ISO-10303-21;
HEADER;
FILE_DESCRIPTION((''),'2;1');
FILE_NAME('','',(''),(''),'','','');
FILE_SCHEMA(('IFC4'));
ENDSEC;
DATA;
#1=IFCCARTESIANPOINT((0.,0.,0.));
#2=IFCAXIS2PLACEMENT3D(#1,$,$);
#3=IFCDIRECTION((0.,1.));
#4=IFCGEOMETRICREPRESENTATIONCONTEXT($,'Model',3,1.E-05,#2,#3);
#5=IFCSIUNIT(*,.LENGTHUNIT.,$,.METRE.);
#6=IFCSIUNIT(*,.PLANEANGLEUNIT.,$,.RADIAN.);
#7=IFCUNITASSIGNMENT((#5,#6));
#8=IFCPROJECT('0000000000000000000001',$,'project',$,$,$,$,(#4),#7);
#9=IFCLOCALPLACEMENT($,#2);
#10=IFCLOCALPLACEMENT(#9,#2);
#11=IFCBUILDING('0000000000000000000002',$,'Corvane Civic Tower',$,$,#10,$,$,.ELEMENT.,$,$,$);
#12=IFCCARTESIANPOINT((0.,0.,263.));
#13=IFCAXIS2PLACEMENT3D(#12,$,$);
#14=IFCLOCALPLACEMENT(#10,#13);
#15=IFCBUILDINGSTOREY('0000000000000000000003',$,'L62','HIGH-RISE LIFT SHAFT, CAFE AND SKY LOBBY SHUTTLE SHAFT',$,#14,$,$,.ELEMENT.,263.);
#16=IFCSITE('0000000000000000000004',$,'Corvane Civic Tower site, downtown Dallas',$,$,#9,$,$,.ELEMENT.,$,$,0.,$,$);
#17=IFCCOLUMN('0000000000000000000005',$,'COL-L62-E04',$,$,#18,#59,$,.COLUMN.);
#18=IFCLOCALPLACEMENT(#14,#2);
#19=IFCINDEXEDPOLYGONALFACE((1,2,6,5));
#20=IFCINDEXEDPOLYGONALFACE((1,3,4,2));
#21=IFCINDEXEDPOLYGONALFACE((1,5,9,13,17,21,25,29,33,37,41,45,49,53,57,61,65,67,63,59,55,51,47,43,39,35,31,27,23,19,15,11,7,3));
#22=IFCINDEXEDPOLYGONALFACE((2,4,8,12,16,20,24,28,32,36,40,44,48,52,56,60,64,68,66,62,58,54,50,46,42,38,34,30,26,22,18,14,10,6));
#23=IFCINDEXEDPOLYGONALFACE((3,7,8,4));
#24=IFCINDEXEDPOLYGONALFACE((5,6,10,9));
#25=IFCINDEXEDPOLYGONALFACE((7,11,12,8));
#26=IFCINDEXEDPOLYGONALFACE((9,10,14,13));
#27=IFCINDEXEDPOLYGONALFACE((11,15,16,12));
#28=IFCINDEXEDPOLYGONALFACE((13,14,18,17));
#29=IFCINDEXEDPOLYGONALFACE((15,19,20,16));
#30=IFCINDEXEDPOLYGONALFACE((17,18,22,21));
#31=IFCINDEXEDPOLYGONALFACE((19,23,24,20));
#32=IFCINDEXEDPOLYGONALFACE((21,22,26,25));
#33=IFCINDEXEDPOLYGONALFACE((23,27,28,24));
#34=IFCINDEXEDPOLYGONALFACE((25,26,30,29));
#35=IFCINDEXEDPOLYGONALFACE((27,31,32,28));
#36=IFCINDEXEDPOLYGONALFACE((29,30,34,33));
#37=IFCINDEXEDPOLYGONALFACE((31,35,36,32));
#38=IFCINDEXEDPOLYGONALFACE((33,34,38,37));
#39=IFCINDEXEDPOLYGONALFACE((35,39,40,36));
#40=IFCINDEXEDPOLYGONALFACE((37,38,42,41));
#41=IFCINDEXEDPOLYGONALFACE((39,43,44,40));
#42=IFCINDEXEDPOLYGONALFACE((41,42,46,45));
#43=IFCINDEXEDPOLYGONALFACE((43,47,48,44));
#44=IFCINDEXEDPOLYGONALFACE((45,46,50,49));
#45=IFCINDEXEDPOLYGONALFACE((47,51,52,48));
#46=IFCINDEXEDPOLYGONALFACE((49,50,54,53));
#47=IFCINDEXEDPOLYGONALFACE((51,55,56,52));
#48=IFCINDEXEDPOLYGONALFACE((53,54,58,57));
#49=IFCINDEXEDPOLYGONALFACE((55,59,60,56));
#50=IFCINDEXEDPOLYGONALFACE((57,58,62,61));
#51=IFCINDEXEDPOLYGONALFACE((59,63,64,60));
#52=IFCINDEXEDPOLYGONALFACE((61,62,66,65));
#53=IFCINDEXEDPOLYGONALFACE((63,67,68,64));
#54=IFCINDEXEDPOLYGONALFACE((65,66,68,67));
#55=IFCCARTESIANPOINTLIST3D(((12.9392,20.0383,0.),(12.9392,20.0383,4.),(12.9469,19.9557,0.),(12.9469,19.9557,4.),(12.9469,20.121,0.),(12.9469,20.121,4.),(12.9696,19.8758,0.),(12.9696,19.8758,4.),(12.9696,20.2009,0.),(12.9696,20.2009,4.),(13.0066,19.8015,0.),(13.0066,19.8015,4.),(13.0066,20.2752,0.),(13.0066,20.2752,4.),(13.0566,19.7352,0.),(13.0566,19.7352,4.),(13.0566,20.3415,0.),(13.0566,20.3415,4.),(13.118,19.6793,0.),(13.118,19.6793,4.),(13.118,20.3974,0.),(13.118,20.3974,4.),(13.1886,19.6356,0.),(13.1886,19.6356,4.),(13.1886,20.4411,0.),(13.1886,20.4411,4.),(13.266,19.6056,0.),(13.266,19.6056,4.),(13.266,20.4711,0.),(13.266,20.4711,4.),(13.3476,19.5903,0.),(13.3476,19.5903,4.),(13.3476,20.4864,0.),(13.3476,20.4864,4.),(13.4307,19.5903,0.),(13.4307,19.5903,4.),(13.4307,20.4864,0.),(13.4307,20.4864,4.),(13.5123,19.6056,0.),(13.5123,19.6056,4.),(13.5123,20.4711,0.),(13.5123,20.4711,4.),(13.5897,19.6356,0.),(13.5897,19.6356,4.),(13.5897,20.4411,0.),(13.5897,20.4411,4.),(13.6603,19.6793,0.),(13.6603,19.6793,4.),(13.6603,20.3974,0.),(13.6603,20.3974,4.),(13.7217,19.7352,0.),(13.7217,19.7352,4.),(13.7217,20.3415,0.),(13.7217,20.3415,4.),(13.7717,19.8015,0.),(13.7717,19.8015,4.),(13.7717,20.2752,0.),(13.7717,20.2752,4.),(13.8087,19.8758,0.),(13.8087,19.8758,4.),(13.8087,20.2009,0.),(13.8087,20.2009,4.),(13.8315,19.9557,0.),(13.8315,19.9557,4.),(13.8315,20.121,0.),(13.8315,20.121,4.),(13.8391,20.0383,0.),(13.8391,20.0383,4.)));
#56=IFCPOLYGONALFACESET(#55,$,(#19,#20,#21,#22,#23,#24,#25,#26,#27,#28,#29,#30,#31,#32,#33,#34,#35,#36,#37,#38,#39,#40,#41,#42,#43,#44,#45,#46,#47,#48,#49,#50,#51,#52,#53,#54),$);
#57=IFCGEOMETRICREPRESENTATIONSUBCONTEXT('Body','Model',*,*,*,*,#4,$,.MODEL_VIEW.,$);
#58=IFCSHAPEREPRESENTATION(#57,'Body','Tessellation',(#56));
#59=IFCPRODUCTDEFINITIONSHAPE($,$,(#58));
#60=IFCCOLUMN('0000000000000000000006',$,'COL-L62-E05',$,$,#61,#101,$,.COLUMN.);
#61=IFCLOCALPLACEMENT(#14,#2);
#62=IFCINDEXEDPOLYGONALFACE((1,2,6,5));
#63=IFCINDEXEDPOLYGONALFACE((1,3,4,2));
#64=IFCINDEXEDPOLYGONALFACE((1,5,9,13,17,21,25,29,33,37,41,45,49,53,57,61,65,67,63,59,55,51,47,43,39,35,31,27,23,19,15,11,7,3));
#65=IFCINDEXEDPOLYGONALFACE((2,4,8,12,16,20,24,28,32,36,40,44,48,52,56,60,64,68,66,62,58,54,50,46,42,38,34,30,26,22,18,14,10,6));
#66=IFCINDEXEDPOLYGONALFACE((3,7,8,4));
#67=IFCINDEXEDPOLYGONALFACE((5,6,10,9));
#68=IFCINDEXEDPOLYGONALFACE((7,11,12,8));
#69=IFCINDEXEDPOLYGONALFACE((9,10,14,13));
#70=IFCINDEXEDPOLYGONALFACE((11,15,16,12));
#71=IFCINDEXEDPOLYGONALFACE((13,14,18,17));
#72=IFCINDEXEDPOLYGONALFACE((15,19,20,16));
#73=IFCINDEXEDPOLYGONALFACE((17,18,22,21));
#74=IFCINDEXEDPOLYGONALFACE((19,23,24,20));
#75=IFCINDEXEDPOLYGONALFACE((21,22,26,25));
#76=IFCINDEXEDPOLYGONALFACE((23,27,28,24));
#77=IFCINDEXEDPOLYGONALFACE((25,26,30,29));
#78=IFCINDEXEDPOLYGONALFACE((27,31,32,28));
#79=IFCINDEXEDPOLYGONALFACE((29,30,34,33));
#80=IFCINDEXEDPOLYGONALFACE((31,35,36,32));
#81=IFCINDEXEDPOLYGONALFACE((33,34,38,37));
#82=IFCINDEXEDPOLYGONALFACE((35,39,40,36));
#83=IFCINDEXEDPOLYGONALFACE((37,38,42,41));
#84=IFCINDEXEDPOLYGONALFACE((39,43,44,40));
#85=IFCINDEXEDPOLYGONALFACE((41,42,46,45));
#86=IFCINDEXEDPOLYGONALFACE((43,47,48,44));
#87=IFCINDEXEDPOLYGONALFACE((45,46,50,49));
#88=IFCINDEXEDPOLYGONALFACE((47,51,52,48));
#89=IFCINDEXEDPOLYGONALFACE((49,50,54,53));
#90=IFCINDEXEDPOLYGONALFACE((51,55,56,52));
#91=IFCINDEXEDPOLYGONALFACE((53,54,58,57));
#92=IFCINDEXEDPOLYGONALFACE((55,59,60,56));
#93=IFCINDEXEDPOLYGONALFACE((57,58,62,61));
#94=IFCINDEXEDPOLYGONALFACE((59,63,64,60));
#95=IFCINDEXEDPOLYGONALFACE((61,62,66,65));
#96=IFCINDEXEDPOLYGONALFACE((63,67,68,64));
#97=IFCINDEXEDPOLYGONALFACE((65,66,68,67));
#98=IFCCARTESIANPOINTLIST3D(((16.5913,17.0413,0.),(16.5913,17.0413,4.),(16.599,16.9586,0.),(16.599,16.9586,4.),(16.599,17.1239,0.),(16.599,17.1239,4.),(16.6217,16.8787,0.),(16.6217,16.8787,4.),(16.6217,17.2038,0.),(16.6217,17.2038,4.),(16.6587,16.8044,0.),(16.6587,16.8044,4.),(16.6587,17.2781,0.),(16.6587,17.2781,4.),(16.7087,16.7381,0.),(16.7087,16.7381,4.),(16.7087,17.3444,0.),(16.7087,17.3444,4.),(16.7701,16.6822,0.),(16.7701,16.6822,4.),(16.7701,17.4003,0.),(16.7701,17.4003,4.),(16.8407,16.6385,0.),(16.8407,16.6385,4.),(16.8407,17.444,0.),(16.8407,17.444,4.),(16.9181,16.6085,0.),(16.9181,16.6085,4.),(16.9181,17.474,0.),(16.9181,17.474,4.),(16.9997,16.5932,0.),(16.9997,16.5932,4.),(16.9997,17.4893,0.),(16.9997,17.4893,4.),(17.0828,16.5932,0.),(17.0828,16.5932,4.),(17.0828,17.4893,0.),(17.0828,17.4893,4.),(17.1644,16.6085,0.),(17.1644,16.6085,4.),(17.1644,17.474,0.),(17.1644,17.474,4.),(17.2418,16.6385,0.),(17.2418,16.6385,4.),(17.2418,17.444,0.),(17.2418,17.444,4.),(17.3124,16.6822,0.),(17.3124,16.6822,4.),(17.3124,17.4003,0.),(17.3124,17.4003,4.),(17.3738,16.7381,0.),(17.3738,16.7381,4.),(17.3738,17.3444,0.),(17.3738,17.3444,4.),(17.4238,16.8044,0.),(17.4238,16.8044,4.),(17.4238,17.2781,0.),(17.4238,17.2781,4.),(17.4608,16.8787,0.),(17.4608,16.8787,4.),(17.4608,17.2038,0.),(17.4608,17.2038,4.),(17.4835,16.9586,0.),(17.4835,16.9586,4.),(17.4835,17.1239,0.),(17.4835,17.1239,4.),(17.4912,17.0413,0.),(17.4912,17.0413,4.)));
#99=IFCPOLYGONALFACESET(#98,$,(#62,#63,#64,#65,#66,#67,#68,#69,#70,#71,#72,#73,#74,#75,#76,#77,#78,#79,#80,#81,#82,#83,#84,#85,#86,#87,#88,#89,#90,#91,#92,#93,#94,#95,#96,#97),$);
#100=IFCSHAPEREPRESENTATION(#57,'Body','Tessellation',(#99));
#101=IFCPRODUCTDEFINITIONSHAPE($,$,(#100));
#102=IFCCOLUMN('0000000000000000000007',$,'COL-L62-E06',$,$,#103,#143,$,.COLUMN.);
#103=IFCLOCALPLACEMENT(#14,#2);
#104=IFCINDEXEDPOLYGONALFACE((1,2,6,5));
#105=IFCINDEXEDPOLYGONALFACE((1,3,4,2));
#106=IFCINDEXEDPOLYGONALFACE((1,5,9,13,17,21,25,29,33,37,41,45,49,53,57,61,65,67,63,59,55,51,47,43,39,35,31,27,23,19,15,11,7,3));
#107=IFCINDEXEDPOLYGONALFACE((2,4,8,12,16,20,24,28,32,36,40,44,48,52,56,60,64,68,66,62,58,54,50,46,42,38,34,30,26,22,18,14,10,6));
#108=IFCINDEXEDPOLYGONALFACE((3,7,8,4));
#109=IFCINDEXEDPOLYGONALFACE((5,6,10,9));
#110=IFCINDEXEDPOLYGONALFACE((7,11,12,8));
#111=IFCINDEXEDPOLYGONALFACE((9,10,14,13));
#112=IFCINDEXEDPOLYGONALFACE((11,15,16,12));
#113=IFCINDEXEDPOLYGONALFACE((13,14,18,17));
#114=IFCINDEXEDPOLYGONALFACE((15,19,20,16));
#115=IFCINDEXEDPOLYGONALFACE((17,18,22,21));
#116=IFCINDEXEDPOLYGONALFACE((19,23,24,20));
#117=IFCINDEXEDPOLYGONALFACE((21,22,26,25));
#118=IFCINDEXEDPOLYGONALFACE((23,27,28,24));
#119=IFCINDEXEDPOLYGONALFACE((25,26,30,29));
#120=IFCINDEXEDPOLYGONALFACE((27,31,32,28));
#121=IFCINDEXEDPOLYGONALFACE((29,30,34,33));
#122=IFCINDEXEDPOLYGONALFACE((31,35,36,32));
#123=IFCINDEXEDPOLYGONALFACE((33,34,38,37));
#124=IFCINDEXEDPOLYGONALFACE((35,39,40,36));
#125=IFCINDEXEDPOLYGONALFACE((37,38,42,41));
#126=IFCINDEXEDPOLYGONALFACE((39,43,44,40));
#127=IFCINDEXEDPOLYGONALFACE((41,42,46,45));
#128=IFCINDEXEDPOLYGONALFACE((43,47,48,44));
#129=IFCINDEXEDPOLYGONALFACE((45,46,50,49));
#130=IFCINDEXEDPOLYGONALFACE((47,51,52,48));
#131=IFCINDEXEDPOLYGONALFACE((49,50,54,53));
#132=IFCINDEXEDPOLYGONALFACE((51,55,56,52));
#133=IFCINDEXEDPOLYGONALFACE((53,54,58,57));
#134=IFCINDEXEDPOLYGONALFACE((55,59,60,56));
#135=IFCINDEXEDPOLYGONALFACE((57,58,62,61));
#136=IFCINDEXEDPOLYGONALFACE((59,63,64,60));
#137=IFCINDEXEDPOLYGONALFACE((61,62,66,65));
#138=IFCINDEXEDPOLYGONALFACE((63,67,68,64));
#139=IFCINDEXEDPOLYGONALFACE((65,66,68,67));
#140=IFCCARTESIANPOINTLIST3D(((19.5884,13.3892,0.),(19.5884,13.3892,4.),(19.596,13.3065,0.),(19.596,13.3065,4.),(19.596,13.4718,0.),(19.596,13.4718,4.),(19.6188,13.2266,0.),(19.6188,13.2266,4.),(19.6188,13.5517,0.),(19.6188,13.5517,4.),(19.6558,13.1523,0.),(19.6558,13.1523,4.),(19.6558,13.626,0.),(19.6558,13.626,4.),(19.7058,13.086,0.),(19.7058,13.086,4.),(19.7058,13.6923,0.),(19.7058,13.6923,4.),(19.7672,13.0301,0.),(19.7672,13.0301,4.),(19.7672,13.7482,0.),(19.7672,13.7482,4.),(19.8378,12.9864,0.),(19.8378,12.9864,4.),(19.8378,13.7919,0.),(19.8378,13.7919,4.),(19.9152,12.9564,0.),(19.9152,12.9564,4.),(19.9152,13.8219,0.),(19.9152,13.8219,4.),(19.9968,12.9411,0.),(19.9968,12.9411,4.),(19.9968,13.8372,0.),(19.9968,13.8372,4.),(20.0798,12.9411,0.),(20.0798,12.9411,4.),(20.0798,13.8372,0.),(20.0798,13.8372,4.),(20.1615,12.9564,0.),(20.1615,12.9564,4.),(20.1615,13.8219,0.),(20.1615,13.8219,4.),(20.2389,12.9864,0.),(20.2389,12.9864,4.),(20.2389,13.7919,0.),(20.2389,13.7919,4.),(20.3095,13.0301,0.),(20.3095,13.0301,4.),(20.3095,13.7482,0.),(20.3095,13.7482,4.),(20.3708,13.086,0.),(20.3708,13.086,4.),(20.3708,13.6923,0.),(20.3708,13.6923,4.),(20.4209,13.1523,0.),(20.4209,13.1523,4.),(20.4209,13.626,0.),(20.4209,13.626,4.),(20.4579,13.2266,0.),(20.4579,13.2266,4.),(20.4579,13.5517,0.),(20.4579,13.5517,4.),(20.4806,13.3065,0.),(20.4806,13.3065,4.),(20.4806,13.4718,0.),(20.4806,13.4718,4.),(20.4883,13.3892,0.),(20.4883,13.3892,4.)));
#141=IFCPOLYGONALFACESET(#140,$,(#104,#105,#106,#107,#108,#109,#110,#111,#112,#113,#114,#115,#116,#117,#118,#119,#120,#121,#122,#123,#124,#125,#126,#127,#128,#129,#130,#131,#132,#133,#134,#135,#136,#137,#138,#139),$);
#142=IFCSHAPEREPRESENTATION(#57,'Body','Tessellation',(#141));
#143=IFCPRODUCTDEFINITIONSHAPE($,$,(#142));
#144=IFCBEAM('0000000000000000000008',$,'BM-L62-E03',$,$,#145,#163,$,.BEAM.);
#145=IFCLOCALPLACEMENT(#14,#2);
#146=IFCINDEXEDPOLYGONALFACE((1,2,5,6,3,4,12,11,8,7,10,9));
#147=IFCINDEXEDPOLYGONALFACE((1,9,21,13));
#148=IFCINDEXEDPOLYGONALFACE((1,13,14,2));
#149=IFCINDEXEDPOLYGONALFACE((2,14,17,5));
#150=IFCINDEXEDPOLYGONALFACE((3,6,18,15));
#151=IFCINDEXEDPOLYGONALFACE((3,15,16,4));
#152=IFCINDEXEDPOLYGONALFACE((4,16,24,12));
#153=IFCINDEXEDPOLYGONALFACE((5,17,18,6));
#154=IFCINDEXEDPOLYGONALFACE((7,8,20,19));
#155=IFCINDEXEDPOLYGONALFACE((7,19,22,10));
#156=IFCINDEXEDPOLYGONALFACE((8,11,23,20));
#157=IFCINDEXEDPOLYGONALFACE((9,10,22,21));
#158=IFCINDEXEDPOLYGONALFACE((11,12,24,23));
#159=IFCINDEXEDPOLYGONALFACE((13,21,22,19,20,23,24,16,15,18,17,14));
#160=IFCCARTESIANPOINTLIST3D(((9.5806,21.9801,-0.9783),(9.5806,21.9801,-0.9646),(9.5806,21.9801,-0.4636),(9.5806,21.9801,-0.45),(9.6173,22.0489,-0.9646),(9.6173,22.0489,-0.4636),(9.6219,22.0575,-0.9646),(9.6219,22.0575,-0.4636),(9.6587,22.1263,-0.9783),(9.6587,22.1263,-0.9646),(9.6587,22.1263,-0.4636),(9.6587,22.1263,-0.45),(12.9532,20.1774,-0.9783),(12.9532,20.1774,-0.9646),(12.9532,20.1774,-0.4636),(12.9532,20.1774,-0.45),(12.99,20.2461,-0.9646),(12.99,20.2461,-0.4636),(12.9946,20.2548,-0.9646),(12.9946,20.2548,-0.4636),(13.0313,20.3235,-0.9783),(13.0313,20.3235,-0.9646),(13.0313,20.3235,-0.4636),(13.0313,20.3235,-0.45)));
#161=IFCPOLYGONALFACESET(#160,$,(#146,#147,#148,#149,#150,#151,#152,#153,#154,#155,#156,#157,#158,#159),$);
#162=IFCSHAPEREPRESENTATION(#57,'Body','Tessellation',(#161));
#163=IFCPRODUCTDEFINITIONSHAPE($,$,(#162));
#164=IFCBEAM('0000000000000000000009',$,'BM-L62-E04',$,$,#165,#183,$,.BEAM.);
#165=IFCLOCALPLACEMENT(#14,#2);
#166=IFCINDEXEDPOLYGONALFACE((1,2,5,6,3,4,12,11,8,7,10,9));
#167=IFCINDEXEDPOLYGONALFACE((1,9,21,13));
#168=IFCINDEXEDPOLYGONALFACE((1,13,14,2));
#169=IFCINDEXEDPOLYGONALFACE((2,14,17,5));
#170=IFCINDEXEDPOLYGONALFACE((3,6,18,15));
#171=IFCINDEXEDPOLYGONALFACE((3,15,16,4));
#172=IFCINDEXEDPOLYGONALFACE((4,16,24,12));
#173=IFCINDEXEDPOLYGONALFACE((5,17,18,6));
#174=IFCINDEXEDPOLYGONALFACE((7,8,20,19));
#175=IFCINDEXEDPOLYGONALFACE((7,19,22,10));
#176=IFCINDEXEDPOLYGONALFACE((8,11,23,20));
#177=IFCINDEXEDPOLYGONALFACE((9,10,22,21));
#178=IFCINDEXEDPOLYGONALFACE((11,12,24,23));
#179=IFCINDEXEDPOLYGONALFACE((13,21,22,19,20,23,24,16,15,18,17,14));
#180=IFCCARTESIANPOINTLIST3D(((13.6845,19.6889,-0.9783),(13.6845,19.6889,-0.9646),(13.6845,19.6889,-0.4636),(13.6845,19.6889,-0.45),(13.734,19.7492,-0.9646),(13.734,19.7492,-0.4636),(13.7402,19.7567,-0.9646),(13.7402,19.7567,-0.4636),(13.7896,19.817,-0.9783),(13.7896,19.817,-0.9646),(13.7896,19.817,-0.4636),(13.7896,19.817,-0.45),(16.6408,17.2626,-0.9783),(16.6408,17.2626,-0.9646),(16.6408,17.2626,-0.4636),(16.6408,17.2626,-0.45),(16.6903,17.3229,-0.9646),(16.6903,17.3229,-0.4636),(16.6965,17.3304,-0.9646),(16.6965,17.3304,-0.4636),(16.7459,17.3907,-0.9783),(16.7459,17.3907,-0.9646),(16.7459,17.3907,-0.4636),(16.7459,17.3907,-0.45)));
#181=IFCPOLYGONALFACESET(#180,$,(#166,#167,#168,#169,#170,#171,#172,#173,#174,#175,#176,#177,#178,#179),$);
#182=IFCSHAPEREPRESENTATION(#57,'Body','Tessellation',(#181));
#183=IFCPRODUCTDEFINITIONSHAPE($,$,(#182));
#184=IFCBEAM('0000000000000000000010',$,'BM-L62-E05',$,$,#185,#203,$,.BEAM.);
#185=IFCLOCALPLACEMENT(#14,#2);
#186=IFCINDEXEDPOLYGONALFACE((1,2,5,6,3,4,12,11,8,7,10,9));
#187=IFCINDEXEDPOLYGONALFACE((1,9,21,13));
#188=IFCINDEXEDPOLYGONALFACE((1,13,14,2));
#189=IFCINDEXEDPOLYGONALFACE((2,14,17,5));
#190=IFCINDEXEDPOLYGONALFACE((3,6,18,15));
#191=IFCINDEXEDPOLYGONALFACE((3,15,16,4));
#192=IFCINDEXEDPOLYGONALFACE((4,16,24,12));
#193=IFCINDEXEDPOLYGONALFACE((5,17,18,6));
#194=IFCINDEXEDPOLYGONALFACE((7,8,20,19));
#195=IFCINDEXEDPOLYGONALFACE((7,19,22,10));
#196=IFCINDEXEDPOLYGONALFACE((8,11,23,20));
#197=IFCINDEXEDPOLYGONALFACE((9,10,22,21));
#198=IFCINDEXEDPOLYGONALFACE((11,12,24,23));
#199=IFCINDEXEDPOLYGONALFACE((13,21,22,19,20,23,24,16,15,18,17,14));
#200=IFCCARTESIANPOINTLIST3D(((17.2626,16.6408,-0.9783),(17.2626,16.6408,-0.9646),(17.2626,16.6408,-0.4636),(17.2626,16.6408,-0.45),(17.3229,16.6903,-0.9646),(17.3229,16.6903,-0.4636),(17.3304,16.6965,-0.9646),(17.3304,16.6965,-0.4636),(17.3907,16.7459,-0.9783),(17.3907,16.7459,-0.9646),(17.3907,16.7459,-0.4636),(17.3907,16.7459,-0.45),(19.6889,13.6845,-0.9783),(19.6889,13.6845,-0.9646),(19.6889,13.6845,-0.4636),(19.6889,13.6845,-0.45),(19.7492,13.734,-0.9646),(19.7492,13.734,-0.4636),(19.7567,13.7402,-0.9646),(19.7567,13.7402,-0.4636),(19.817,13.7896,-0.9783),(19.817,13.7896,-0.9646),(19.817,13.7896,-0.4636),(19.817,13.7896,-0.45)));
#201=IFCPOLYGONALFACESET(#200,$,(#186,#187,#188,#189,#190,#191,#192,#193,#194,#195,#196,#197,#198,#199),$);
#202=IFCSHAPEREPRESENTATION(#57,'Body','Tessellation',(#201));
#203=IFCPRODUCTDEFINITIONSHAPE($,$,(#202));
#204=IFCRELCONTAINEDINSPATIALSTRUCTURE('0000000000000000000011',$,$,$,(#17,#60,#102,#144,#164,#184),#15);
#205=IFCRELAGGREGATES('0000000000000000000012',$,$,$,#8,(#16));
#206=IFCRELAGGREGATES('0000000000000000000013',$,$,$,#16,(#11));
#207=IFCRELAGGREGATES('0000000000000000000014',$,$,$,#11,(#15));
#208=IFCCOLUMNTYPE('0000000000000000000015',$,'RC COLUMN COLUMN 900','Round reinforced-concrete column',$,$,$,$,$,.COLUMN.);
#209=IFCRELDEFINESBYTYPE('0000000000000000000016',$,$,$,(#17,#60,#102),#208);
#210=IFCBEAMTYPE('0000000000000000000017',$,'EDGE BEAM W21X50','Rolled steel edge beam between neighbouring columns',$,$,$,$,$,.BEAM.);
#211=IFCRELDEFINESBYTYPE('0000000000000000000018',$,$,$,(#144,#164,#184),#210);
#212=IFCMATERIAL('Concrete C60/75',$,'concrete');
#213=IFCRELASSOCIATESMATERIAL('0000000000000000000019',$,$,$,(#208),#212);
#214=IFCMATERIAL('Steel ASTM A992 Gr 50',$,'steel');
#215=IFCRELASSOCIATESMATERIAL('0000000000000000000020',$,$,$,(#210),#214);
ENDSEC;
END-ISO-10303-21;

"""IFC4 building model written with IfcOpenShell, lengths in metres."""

from ifc_helpers import new_model, si_unit, direction, frame, origin, origin_2d, place, context, subcontext, project, spatial, circle, i_section, extrude, material, material_profile, profile_set, type_object, element, save


model = new_model("IFC4")

# Units and contexts
model_context = context("Model", 3, precision=1e-05, world=origin(), true_north=direction((0.0, 1.0)))
body_context = subcontext(model_context, "Body", "Model", "MODEL_VIEW")
ifc_project = project(units=[si_unit("LENGTHUNIT", "METRE"), si_unit("PLANEANGLEUNIT", "RADIAN")], contexts=[model_context])

# Site, building, storey
site_placement = place(None, origin())
site = spatial("IfcSite", under=ifc_project, at=site_placement, Name="Corvane Civic Tower site, downtown Dallas", CompositionType="ELEMENT", RefElevation=0.0)
building_placement = place(site_placement, origin())
building = spatial("IfcBuilding", under=site, at=building_placement, Name="Corvane Civic Tower", CompositionType="ELEMENT")
storey_placement = place(building_placement, frame((0.0, 0.0, 263.0)))
storey = spatial("IfcBuildingStorey", under=building, at=storey_placement, Name="L62", Description="HIGH-RISE LIFT SHAFT, CAFE AND SKY LOBBY SHUTTLE SHAFT", CompositionType="ELEMENT", Elevation=263.0)

# Columns
ifc_material_1 = material(Name="Concrete C60/75", Category="concrete")
ifc_material_profile_1 = material_profile(ifc_material_1, circle(Radius=0.45, at=origin_2d()), Name="COLUMN 900")
ifc_profile_set_1 = profile_set([ifc_material_profile_1], Name="Concrete C60/75")
column_type = type_object("IfcColumnType", Name="RC COLUMN COLUMN 900", Description="Round reinforced-concrete column", PredefinedType="COLUMN", material=ifc_profile_set_1)
for number, where, z_axis, x_axis, name in (
    (1, (13.3892, 20.0383, 0.0), (0.0, 0.0, 1.0), (1.0, 0.0, 0.0), "COL-L62-E04"),
    (2, (17.0413, 17.0413, 0.0), (0.0, 0.0, 1.0), (1.0, 0.0, 0.0), "COL-L62-E05"),
    (3, (20.0383, 13.3892, 0.0), (0.0, 0.0, 1.0), (1.0, 0.0, 0.0), "COL-L62-E06"),
):
    element("IfcColumn", number, at=place(storey_placement, frame(where, z_axis=z_axis, x_axis=x_axis)), inside=storey, type_object=column_type, Name=name, PredefinedType="COLUMN", context=body_context, shape_type="SweptSolid", body=[
        extrude(circle(Radius=0.45, at=origin_2d()), origin(), (0.0, 0.0, 1.0), 4.0),
    ])

# Beams
ifc_material_2 = material(Name="Steel ASTM A992 Gr 50", Category="steel")
ifc_material_profile_2 = material_profile(ifc_material_2, i_section(OverallWidth=0.1658, OverallDepth=0.5283, WebThickness=0.0098, FlangeThickness=0.0137, at=origin_2d()), Name="W21X50")
ifc_profile_set_2 = profile_set([ifc_material_profile_2], Name="Steel ASTM A992 Gr 50")
beam_type_1 = type_object("IfcBeamType", Name="EDGE BEAM W21X50", Description="Rolled steel edge beam between neighbouring columns", PredefinedType="BEAM", material=ifc_profile_set_2)
beam_1_placement = place(storey_placement, frame((9.6196, 22.0532, -0.7141), z_axis=(0.881914, -0.47141, 0.0), x_axis=(0.47141, 0.881914, 0.0)))
element("IfcBeam", 4, at=beam_1_placement, inside=storey, type_object=beam_type_1, Name="BM-L62-E03", PredefinedType="BEAM", context=body_context, shape_type="SweptSolid", body=[
    extrude(i_section(OverallWidth=0.1658, OverallDepth=0.5283, WebThickness=0.0098, FlangeThickness=0.0137, at=origin_2d()), origin(), (0.0, 0.0, 1.0), 3.8242),
])
for number, where, z_axis, x_axis, name in (
    (5, (13.7371, 19.7529, -0.7141), (0.772998, -0.634409, 0.0), (0.634409, 0.772998, 0.0), "BM-L62-E04"),
    (6, (17.3267, 16.6934, -0.7141), (0.634409, -0.772998, 0.0), (0.772998, 0.634409, 0.0), "BM-L62-E05"),
):
    element("IfcBeam", number, at=place(storey_placement, frame(where, z_axis=z_axis, x_axis=x_axis)), inside=storey, type_object=beam_type_1, Name=name, PredefinedType="BEAM", context=body_context, shape_type="SweptSolid", body=[
        extrude(i_section(OverallWidth=0.1658, OverallDepth=0.5283, WebThickness=0.0098, FlangeThickness=0.0137, at=origin_2d()), origin(), (0.0, 0.0, 1.0), 3.8245),
    ])

save(model, "model.ifc")
